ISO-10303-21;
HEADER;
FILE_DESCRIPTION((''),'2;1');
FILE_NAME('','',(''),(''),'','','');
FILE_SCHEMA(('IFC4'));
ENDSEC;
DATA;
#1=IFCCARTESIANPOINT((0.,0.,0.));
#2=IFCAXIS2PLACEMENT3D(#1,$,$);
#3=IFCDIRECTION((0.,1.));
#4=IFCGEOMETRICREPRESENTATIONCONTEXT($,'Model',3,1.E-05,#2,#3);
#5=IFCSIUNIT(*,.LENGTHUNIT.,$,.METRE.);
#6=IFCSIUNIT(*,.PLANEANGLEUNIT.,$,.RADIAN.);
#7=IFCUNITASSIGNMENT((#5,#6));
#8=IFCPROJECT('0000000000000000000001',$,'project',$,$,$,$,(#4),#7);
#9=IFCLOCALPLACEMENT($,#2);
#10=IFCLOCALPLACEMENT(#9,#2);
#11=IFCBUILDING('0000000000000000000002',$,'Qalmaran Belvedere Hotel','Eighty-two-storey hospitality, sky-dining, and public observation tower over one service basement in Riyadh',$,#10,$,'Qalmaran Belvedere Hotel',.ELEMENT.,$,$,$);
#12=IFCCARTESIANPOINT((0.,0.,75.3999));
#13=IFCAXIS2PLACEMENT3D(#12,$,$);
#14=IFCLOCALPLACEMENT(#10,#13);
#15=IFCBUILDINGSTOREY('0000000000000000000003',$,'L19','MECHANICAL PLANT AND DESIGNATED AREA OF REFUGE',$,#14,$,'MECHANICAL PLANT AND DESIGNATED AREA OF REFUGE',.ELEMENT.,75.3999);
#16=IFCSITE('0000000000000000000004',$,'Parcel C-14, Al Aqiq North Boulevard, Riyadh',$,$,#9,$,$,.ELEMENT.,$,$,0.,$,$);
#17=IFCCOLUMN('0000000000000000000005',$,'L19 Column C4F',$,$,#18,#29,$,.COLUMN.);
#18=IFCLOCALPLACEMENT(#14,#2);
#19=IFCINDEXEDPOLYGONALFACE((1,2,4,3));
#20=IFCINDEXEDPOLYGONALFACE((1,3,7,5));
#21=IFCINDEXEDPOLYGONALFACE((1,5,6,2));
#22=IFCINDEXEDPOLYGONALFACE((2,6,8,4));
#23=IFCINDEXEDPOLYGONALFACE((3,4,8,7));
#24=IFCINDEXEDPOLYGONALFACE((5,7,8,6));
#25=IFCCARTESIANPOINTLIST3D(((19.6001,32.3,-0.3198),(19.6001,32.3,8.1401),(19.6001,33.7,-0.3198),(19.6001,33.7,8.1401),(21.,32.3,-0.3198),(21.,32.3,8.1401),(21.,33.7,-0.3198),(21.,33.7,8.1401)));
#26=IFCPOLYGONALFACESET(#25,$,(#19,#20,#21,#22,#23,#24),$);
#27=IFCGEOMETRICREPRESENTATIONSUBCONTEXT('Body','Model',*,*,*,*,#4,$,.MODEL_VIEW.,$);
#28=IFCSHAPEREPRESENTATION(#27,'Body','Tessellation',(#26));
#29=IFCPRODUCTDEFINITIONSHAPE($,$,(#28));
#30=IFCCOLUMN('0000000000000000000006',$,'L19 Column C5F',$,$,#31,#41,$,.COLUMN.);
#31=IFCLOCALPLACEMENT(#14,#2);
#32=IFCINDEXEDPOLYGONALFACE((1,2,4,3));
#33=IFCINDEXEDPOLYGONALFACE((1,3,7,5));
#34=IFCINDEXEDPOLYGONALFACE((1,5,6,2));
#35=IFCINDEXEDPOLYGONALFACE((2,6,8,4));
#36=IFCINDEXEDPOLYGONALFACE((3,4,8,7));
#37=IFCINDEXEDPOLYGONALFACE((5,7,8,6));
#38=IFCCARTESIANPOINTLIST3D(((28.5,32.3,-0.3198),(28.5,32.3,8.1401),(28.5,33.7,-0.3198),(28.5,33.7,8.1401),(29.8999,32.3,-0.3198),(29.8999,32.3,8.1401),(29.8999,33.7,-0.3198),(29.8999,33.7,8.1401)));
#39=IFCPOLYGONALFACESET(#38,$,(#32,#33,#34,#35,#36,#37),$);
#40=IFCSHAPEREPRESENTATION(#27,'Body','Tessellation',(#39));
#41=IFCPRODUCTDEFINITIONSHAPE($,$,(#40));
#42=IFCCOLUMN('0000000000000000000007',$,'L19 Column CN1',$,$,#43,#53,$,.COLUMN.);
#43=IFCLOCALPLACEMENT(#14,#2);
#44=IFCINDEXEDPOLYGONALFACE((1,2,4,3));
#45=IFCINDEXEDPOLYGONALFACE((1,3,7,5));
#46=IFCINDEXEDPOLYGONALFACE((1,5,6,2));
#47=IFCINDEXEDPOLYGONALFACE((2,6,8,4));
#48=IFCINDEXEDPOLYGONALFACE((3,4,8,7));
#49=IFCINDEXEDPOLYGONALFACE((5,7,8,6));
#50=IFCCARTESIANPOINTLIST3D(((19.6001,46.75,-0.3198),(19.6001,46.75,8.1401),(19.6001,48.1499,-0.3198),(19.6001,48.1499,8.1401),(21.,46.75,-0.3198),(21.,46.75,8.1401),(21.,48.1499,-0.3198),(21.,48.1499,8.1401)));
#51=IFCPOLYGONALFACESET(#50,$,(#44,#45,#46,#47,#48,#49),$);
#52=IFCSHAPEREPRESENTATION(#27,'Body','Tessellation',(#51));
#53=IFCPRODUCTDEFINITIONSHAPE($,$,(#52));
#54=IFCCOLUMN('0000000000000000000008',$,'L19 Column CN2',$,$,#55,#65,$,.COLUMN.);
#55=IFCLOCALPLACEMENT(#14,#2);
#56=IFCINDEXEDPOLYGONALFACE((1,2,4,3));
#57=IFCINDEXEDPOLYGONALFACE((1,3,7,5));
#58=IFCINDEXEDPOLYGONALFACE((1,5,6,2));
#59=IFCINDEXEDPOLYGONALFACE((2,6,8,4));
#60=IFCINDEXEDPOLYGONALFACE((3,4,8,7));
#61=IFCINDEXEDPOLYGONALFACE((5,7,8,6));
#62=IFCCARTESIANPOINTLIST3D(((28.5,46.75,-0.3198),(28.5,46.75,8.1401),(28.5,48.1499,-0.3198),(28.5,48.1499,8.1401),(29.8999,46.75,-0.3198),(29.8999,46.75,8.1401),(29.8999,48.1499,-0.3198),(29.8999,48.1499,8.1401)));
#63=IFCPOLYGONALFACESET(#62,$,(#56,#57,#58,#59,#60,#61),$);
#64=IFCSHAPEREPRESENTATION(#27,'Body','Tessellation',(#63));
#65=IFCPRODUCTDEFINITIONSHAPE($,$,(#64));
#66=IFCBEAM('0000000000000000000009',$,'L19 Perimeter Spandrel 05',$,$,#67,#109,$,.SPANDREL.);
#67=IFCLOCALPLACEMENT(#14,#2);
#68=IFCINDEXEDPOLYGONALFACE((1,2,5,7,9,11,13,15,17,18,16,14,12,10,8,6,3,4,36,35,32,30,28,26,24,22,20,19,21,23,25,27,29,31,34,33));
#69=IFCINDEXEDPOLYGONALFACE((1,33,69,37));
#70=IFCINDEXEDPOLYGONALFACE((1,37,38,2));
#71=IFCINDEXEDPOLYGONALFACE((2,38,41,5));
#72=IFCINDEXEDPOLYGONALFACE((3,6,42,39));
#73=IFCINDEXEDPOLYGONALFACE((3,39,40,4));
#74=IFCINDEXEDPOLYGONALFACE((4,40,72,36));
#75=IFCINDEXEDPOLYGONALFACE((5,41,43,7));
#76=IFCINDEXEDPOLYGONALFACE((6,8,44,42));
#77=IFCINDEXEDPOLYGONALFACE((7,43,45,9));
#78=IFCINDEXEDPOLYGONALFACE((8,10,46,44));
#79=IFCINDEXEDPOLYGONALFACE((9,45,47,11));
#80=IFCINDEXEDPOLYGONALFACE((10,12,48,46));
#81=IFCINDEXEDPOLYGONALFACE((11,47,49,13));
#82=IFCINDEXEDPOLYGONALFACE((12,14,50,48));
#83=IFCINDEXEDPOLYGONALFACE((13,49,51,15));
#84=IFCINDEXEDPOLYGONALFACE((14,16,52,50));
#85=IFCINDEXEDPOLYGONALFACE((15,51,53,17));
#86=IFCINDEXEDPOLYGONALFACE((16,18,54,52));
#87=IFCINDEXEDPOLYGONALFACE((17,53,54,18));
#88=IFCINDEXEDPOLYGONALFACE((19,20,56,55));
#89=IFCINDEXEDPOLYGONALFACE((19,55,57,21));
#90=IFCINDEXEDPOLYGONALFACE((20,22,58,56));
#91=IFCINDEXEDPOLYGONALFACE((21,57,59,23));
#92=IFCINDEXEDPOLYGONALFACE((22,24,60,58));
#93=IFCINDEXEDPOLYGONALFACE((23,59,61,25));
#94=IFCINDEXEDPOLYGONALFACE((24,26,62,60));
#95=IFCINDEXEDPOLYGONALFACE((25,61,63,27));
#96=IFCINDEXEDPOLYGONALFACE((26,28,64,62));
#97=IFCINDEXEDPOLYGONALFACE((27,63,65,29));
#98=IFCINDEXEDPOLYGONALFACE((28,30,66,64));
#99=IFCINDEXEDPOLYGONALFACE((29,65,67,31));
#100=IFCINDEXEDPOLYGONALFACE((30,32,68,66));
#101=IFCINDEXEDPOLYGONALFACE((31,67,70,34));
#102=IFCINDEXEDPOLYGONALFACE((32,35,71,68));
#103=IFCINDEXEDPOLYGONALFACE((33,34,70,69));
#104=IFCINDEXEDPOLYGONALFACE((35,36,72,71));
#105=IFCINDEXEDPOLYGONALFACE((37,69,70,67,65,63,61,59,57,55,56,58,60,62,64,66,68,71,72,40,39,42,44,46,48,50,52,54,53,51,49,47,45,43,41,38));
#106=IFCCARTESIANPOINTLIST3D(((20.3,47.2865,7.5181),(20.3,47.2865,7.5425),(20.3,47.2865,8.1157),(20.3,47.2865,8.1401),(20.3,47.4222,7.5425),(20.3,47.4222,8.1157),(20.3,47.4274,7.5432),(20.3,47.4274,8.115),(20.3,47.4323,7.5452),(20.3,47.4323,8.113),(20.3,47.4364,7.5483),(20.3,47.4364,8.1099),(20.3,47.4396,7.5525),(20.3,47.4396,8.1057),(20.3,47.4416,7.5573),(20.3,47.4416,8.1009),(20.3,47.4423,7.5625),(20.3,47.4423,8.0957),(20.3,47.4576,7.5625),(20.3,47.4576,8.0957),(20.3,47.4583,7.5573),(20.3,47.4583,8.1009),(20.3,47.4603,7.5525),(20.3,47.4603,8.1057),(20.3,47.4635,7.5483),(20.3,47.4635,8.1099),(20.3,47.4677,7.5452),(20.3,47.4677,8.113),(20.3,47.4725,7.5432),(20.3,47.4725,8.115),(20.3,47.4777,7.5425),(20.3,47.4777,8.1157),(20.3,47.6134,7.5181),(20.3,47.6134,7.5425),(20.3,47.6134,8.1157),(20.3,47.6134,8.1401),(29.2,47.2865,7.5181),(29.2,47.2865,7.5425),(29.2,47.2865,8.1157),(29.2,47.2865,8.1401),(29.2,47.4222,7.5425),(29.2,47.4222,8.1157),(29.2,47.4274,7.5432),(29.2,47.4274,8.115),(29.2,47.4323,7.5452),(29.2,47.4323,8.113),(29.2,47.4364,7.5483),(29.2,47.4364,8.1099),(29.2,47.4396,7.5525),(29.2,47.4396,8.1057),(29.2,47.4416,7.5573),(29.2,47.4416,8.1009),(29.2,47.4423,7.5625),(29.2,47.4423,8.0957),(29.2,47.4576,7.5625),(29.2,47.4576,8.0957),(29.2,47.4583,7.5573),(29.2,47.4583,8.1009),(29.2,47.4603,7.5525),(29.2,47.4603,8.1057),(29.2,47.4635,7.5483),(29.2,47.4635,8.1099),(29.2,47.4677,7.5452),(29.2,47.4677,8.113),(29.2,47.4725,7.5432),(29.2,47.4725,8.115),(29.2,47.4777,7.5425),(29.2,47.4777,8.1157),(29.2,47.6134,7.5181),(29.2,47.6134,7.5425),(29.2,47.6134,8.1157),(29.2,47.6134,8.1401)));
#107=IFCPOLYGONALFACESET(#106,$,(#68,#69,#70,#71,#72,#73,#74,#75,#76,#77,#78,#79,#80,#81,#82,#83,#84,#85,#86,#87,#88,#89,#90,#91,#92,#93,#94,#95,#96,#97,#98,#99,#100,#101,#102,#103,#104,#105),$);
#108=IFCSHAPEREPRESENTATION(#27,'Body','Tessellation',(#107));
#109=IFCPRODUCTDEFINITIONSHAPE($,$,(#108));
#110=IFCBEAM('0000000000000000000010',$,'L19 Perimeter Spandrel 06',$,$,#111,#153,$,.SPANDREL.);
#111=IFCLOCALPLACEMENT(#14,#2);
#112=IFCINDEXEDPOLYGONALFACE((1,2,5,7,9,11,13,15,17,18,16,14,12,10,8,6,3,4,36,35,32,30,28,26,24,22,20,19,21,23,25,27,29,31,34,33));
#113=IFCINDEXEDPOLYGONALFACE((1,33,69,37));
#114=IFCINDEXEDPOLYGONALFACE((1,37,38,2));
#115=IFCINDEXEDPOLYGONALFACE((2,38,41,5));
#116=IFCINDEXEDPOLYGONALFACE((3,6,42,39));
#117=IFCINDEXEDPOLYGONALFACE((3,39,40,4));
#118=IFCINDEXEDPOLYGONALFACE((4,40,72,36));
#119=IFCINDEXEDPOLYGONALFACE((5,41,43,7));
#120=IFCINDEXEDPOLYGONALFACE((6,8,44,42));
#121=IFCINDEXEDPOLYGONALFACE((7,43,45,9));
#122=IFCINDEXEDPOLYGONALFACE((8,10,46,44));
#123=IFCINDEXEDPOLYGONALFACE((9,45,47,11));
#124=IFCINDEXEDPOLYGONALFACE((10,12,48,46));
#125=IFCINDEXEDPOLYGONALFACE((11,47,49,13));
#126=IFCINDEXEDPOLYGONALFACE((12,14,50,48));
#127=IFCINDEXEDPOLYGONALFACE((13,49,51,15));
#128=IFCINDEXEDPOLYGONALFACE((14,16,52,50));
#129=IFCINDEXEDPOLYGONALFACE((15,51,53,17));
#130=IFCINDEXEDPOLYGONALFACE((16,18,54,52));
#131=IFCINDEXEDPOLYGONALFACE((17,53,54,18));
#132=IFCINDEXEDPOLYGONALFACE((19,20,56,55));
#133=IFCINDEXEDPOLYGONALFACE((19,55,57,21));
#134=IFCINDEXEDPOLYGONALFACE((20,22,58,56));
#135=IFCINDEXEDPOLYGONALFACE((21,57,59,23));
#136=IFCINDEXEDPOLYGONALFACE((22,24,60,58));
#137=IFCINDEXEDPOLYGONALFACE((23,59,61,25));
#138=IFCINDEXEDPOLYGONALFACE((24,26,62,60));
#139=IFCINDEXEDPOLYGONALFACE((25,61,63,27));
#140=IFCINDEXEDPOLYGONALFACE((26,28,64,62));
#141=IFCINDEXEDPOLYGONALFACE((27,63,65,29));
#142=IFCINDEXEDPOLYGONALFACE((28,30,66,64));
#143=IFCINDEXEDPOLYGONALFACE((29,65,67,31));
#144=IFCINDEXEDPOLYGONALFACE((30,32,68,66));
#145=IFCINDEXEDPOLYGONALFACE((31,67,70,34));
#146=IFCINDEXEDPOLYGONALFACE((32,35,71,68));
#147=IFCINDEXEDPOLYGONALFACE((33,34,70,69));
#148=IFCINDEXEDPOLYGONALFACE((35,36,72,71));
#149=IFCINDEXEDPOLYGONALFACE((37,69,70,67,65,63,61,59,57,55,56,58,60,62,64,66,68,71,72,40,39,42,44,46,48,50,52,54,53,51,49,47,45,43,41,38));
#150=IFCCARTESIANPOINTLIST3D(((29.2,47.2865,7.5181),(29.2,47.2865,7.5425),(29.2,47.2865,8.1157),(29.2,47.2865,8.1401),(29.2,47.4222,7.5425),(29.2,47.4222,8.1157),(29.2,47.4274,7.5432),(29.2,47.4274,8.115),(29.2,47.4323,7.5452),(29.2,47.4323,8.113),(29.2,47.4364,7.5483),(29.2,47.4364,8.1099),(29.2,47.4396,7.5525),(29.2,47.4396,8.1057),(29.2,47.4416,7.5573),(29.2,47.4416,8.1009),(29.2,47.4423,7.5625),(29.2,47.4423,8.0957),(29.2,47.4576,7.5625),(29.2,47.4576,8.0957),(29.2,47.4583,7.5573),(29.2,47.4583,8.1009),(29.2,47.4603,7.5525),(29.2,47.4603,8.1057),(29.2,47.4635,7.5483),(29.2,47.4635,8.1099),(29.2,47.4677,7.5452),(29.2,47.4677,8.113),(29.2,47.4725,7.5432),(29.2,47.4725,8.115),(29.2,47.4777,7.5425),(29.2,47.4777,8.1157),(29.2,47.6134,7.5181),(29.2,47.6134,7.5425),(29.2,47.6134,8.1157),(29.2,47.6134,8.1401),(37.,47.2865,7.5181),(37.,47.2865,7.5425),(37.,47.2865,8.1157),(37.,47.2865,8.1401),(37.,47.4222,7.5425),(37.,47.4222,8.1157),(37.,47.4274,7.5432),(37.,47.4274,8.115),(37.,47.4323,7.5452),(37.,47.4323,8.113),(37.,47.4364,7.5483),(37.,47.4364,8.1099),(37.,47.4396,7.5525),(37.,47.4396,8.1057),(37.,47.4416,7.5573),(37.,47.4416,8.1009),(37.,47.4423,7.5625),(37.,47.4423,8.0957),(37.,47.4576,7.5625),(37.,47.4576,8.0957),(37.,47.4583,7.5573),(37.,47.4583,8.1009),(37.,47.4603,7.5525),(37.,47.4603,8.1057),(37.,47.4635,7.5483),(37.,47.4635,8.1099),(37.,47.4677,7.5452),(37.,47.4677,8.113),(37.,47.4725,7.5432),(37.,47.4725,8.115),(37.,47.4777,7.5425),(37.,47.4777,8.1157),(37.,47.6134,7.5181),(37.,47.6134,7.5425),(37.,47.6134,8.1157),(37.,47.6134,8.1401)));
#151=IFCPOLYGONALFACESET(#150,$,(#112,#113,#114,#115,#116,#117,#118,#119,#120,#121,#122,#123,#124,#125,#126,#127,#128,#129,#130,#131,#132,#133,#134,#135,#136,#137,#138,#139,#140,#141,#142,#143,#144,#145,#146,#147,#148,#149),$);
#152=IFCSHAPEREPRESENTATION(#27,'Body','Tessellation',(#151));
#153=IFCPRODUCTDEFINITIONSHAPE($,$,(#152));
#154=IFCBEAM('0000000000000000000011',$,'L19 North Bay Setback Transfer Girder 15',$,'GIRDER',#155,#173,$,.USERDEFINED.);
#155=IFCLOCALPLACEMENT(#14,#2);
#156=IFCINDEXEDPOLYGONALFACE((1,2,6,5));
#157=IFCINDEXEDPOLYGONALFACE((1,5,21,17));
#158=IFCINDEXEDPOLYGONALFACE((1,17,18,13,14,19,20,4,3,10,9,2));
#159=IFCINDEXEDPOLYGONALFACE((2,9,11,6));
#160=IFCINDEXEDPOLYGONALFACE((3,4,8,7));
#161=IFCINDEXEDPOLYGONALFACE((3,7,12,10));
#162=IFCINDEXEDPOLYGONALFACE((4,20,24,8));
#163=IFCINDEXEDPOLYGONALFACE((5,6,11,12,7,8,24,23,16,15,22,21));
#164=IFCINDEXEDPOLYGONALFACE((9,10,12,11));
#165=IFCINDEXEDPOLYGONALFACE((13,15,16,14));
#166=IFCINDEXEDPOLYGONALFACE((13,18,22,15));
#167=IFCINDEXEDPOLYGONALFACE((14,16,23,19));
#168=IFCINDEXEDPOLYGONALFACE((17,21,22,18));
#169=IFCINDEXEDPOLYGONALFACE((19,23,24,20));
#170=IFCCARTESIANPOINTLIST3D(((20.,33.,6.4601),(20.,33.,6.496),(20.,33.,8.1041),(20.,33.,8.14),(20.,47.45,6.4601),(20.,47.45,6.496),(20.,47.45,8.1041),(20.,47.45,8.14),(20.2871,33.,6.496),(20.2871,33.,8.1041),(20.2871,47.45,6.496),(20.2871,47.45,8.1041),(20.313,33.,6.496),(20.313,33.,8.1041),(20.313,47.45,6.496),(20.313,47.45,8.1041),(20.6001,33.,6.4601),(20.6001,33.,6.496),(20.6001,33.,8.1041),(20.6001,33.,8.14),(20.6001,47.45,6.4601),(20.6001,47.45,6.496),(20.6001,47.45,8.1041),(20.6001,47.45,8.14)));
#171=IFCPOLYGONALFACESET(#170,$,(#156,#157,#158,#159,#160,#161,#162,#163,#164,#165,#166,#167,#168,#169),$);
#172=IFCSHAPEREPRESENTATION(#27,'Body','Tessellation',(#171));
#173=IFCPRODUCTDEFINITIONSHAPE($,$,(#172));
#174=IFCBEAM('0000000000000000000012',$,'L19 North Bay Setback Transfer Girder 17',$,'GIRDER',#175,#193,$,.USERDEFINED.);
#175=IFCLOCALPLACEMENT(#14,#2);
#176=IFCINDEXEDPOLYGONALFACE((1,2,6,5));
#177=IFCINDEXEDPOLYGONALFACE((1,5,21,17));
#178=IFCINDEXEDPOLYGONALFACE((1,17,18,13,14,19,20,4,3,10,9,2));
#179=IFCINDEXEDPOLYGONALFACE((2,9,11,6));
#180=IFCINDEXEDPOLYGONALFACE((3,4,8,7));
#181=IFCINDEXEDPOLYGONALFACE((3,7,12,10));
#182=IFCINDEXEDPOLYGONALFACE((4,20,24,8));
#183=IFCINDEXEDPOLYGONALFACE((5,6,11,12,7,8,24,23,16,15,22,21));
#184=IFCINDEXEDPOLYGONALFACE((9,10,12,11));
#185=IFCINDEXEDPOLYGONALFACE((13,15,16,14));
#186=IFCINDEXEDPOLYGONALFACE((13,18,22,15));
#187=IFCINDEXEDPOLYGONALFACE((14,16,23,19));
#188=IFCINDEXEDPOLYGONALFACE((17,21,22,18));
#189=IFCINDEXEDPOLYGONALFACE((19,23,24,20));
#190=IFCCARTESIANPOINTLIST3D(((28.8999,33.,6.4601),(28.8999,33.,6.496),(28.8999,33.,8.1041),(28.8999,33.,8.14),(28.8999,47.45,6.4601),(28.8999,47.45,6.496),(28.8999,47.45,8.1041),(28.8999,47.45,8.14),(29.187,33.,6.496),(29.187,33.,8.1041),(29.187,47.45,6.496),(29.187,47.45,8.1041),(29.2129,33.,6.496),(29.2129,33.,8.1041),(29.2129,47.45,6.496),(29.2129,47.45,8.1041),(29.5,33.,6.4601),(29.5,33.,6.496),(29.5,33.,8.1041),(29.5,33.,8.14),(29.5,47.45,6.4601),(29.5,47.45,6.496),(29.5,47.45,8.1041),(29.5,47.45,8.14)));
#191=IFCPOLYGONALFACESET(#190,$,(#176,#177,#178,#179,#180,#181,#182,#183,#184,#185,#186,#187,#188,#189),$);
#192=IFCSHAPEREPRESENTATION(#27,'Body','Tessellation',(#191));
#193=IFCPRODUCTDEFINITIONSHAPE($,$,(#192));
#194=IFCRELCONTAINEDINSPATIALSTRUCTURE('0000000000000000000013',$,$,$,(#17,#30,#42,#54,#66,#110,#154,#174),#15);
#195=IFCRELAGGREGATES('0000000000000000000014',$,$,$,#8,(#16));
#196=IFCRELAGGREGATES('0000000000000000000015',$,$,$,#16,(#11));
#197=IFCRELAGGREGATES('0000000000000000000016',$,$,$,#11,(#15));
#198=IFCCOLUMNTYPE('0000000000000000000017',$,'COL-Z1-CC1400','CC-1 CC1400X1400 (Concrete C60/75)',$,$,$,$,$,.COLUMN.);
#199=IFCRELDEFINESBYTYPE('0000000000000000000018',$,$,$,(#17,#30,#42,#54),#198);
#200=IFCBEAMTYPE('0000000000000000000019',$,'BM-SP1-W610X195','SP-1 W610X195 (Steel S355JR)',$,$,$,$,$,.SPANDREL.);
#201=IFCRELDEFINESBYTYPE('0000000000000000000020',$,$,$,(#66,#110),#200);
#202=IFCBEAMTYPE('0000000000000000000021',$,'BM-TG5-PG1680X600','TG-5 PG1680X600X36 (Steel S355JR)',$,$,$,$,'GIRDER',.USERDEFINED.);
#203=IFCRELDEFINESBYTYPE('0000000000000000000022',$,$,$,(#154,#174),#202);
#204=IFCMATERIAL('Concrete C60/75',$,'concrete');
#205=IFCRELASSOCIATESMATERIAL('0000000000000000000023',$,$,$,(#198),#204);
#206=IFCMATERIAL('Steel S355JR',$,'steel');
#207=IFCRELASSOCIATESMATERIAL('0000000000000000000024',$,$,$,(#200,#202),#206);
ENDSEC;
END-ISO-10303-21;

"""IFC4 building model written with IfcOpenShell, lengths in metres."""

from ifc_helpers import new_model, si_unit, direction, frame, origin, origin_2d, place, context, subcontext, project, spatial, rectangle, i_section, extrude, material, material_profile, profile_set, type_object, element, save


model = new_model("IFC4")

# Units and contexts
model_context = context("Model", 3, precision=1e-05, world=origin(), true_north=direction((0.0, 1.0)))
body_context = subcontext(model_context, "Body", "Model", "MODEL_VIEW")
ifc_project = project(units=[si_unit("LENGTHUNIT", "METRE"), si_unit("PLANEANGLEUNIT", "RADIAN")], contexts=[model_context])

# Site, building, storey
site_placement = place(None, origin())
site = spatial("IfcSite", under=ifc_project, at=site_placement, Name="Parcel C-14, Al Aqiq North Boulevard, Riyadh", CompositionType="ELEMENT", RefElevation=0.0)
building_placement = place(site_placement, origin())
building = spatial("IfcBuilding", under=site, at=building_placement, Name="Qalmaran Belvedere Hotel", Description="Eighty-two-storey hospitality, sky-dining, and public observation tower over one service basement in Riyadh", LongName="Qalmaran Belvedere Hotel", CompositionType="ELEMENT")
storey_placement = place(building_placement, frame((0.0, 0.0, 75.3999)))
storey = spatial("IfcBuildingStorey", under=building, at=storey_placement, Name="L19", Description="MECHANICAL PLANT AND DESIGNATED AREA OF REFUGE", LongName="MECHANICAL PLANT AND DESIGNATED AREA OF REFUGE", CompositionType="ELEMENT", Elevation=75.3999)

# Columns
ifc_material_1 = material(Name="Concrete C60/75", Category="concrete")
ifc_material_profile_1 = material_profile(ifc_material_1, rectangle(XDim=1.3999, YDim=1.3999, at=origin_2d()), Name="CC1400X1400")
ifc_profile_set_1 = profile_set([ifc_material_profile_1], Name="Concrete C60/75")
column_type = type_object("IfcColumnType", Name="COL-Z1-CC1400", Description="CC-1 CC1400X1400 (Concrete C60/75)", PredefinedType="COLUMN", material=ifc_profile_set_1)
for number, where, z_axis, x_axis, name in (
    (1, (20.3, 33.0, -0.3198), (0.0, 0.0, 1.0), (1.0, 0.0, 0.0), "L19 Column C4F"),
    (2, (29.2, 33.0, -0.3198), (0.0, 0.0, 1.0), (1.0, 0.0, 0.0), "L19 Column C5F"),
    (3, (20.3, 47.45, -0.3198), (0.0, 0.0, 1.0), (1.0, 0.0, 0.0), "L19 Column CN1"),
    (4, (29.2, 47.45, -0.3198), (0.0, 0.0, 1.0), (1.0, 0.0, 0.0), "L19 Column CN2"),
):
    element("IfcColumn", number, at=place(storey_placement, frame(where, z_axis=z_axis, x_axis=x_axis)), inside=storey, type_object=column_type, Name=name, PredefinedType="COLUMN", context=body_context, shape_type="SweptSolid", body=[
        extrude(rectangle(XDim=1.3999, YDim=1.3999, at=origin_2d()), origin(), (0.0, 0.0, 1.0), 8.46),
    ])

# Beams
ifc_material_2 = material(Name="Steel S355JR", Category="steel")
ifc_material_profile_2 = material_profile(ifc_material_2, i_section(OverallWidth=0.3269, OverallDepth=0.6221, WebThickness=0.0154, FlangeThickness=0.0244, FilletRadius=0.02, at=origin_2d()), Name="W610X195")
ifc_profile_set_2 = profile_set([ifc_material_profile_2], Name="Steel S355JR")
beam_type_1 = type_object("IfcBeamType", Name="BM-SP1-W610X195", Description="SP-1 W610X195 (Steel S355JR)", PredefinedType="SPANDREL", material=ifc_profile_set_2)
beam_1_placement = place(storey_placement, frame((20.3, 47.45, 7.8291), z_axis=(1.0, 0.0, 0.0), x_axis=(0.0, 1.0, 0.0)))
element("IfcBeam", 5, at=beam_1_placement, inside=storey, type_object=beam_type_1, Name="L19 Perimeter Spandrel 05", PredefinedType="SPANDREL", context=body_context, shape_type="SweptSolid", body=[
    extrude(i_section(OverallWidth=0.3269, OverallDepth=0.6221, WebThickness=0.0154, FlangeThickness=0.0244, FilletRadius=0.02, at=origin_2d()), origin(), (0.0, 0.0, 1.0), 8.8999),
])
beam_2_placement = place(storey_placement, frame((29.2, 47.45, 7.8291), z_axis=(1.0, 0.0, 0.0), x_axis=(0.0, 1.0, 0.0)))
element("IfcBeam", 6, at=beam_2_placement, inside=storey, type_object=beam_type_1, Name="L19 Perimeter Spandrel 06", PredefinedType="SPANDREL", context=body_context, shape_type="SweptSolid", body=[
    extrude(i_section(OverallWidth=0.3269, OverallDepth=0.6221, WebThickness=0.0154, FlangeThickness=0.0244, FilletRadius=0.02, at=origin_2d()), origin(), (0.0, 0.0, 1.0), 7.8),
])
ifc_material_profile_3 = material_profile(ifc_material_2, i_section(OverallWidth=0.6001, OverallDepth=1.6799, WebThickness=0.0259, FlangeThickness=0.0359, at=origin_2d()), Name="PG1680X600X36")
ifc_profile_set_3 = profile_set([ifc_material_profile_3], Name="Steel S355JR")
beam_type_2 = type_object("IfcBeamType", Name="BM-TG5-PG1680X600", Description="TG-5 PG1680X600X36 (Steel S355JR)", ElementType="GIRDER", PredefinedType="USERDEFINED", material=ifc_profile_set_3)
for number, where, z_axis, x_axis, name in (
    (7, (20.3, 33.0, 7.3), (0.0, 1.0, 0.0), (-1.0, 0.0, 0.0), "L19 North Bay Setback Transfer Girder 15"),
    (8, (29.2, 33.0, 7.3), (0.0, 1.0, 0.0), (-1.0, 0.0, 0.0), "L19 North Bay Setback Transfer Girder 17"),
):
    element("IfcBeam", number, at=place(storey_placement, frame(where, z_axis=z_axis, x_axis=x_axis)), inside=storey, type_object=beam_type_2, Name=name, ObjectType="GIRDER", PredefinedType="USERDEFINED", context=body_context, shape_type="SweptSolid", body=[
        extrude(i_section(OverallWidth=0.6001, OverallDepth=1.6799, WebThickness=0.0259, FlangeThickness=0.0359, at=origin_2d()), origin(), (0.0, 0.0, 1.0), 14.45),
    ])

save(model, "model.ifc")
